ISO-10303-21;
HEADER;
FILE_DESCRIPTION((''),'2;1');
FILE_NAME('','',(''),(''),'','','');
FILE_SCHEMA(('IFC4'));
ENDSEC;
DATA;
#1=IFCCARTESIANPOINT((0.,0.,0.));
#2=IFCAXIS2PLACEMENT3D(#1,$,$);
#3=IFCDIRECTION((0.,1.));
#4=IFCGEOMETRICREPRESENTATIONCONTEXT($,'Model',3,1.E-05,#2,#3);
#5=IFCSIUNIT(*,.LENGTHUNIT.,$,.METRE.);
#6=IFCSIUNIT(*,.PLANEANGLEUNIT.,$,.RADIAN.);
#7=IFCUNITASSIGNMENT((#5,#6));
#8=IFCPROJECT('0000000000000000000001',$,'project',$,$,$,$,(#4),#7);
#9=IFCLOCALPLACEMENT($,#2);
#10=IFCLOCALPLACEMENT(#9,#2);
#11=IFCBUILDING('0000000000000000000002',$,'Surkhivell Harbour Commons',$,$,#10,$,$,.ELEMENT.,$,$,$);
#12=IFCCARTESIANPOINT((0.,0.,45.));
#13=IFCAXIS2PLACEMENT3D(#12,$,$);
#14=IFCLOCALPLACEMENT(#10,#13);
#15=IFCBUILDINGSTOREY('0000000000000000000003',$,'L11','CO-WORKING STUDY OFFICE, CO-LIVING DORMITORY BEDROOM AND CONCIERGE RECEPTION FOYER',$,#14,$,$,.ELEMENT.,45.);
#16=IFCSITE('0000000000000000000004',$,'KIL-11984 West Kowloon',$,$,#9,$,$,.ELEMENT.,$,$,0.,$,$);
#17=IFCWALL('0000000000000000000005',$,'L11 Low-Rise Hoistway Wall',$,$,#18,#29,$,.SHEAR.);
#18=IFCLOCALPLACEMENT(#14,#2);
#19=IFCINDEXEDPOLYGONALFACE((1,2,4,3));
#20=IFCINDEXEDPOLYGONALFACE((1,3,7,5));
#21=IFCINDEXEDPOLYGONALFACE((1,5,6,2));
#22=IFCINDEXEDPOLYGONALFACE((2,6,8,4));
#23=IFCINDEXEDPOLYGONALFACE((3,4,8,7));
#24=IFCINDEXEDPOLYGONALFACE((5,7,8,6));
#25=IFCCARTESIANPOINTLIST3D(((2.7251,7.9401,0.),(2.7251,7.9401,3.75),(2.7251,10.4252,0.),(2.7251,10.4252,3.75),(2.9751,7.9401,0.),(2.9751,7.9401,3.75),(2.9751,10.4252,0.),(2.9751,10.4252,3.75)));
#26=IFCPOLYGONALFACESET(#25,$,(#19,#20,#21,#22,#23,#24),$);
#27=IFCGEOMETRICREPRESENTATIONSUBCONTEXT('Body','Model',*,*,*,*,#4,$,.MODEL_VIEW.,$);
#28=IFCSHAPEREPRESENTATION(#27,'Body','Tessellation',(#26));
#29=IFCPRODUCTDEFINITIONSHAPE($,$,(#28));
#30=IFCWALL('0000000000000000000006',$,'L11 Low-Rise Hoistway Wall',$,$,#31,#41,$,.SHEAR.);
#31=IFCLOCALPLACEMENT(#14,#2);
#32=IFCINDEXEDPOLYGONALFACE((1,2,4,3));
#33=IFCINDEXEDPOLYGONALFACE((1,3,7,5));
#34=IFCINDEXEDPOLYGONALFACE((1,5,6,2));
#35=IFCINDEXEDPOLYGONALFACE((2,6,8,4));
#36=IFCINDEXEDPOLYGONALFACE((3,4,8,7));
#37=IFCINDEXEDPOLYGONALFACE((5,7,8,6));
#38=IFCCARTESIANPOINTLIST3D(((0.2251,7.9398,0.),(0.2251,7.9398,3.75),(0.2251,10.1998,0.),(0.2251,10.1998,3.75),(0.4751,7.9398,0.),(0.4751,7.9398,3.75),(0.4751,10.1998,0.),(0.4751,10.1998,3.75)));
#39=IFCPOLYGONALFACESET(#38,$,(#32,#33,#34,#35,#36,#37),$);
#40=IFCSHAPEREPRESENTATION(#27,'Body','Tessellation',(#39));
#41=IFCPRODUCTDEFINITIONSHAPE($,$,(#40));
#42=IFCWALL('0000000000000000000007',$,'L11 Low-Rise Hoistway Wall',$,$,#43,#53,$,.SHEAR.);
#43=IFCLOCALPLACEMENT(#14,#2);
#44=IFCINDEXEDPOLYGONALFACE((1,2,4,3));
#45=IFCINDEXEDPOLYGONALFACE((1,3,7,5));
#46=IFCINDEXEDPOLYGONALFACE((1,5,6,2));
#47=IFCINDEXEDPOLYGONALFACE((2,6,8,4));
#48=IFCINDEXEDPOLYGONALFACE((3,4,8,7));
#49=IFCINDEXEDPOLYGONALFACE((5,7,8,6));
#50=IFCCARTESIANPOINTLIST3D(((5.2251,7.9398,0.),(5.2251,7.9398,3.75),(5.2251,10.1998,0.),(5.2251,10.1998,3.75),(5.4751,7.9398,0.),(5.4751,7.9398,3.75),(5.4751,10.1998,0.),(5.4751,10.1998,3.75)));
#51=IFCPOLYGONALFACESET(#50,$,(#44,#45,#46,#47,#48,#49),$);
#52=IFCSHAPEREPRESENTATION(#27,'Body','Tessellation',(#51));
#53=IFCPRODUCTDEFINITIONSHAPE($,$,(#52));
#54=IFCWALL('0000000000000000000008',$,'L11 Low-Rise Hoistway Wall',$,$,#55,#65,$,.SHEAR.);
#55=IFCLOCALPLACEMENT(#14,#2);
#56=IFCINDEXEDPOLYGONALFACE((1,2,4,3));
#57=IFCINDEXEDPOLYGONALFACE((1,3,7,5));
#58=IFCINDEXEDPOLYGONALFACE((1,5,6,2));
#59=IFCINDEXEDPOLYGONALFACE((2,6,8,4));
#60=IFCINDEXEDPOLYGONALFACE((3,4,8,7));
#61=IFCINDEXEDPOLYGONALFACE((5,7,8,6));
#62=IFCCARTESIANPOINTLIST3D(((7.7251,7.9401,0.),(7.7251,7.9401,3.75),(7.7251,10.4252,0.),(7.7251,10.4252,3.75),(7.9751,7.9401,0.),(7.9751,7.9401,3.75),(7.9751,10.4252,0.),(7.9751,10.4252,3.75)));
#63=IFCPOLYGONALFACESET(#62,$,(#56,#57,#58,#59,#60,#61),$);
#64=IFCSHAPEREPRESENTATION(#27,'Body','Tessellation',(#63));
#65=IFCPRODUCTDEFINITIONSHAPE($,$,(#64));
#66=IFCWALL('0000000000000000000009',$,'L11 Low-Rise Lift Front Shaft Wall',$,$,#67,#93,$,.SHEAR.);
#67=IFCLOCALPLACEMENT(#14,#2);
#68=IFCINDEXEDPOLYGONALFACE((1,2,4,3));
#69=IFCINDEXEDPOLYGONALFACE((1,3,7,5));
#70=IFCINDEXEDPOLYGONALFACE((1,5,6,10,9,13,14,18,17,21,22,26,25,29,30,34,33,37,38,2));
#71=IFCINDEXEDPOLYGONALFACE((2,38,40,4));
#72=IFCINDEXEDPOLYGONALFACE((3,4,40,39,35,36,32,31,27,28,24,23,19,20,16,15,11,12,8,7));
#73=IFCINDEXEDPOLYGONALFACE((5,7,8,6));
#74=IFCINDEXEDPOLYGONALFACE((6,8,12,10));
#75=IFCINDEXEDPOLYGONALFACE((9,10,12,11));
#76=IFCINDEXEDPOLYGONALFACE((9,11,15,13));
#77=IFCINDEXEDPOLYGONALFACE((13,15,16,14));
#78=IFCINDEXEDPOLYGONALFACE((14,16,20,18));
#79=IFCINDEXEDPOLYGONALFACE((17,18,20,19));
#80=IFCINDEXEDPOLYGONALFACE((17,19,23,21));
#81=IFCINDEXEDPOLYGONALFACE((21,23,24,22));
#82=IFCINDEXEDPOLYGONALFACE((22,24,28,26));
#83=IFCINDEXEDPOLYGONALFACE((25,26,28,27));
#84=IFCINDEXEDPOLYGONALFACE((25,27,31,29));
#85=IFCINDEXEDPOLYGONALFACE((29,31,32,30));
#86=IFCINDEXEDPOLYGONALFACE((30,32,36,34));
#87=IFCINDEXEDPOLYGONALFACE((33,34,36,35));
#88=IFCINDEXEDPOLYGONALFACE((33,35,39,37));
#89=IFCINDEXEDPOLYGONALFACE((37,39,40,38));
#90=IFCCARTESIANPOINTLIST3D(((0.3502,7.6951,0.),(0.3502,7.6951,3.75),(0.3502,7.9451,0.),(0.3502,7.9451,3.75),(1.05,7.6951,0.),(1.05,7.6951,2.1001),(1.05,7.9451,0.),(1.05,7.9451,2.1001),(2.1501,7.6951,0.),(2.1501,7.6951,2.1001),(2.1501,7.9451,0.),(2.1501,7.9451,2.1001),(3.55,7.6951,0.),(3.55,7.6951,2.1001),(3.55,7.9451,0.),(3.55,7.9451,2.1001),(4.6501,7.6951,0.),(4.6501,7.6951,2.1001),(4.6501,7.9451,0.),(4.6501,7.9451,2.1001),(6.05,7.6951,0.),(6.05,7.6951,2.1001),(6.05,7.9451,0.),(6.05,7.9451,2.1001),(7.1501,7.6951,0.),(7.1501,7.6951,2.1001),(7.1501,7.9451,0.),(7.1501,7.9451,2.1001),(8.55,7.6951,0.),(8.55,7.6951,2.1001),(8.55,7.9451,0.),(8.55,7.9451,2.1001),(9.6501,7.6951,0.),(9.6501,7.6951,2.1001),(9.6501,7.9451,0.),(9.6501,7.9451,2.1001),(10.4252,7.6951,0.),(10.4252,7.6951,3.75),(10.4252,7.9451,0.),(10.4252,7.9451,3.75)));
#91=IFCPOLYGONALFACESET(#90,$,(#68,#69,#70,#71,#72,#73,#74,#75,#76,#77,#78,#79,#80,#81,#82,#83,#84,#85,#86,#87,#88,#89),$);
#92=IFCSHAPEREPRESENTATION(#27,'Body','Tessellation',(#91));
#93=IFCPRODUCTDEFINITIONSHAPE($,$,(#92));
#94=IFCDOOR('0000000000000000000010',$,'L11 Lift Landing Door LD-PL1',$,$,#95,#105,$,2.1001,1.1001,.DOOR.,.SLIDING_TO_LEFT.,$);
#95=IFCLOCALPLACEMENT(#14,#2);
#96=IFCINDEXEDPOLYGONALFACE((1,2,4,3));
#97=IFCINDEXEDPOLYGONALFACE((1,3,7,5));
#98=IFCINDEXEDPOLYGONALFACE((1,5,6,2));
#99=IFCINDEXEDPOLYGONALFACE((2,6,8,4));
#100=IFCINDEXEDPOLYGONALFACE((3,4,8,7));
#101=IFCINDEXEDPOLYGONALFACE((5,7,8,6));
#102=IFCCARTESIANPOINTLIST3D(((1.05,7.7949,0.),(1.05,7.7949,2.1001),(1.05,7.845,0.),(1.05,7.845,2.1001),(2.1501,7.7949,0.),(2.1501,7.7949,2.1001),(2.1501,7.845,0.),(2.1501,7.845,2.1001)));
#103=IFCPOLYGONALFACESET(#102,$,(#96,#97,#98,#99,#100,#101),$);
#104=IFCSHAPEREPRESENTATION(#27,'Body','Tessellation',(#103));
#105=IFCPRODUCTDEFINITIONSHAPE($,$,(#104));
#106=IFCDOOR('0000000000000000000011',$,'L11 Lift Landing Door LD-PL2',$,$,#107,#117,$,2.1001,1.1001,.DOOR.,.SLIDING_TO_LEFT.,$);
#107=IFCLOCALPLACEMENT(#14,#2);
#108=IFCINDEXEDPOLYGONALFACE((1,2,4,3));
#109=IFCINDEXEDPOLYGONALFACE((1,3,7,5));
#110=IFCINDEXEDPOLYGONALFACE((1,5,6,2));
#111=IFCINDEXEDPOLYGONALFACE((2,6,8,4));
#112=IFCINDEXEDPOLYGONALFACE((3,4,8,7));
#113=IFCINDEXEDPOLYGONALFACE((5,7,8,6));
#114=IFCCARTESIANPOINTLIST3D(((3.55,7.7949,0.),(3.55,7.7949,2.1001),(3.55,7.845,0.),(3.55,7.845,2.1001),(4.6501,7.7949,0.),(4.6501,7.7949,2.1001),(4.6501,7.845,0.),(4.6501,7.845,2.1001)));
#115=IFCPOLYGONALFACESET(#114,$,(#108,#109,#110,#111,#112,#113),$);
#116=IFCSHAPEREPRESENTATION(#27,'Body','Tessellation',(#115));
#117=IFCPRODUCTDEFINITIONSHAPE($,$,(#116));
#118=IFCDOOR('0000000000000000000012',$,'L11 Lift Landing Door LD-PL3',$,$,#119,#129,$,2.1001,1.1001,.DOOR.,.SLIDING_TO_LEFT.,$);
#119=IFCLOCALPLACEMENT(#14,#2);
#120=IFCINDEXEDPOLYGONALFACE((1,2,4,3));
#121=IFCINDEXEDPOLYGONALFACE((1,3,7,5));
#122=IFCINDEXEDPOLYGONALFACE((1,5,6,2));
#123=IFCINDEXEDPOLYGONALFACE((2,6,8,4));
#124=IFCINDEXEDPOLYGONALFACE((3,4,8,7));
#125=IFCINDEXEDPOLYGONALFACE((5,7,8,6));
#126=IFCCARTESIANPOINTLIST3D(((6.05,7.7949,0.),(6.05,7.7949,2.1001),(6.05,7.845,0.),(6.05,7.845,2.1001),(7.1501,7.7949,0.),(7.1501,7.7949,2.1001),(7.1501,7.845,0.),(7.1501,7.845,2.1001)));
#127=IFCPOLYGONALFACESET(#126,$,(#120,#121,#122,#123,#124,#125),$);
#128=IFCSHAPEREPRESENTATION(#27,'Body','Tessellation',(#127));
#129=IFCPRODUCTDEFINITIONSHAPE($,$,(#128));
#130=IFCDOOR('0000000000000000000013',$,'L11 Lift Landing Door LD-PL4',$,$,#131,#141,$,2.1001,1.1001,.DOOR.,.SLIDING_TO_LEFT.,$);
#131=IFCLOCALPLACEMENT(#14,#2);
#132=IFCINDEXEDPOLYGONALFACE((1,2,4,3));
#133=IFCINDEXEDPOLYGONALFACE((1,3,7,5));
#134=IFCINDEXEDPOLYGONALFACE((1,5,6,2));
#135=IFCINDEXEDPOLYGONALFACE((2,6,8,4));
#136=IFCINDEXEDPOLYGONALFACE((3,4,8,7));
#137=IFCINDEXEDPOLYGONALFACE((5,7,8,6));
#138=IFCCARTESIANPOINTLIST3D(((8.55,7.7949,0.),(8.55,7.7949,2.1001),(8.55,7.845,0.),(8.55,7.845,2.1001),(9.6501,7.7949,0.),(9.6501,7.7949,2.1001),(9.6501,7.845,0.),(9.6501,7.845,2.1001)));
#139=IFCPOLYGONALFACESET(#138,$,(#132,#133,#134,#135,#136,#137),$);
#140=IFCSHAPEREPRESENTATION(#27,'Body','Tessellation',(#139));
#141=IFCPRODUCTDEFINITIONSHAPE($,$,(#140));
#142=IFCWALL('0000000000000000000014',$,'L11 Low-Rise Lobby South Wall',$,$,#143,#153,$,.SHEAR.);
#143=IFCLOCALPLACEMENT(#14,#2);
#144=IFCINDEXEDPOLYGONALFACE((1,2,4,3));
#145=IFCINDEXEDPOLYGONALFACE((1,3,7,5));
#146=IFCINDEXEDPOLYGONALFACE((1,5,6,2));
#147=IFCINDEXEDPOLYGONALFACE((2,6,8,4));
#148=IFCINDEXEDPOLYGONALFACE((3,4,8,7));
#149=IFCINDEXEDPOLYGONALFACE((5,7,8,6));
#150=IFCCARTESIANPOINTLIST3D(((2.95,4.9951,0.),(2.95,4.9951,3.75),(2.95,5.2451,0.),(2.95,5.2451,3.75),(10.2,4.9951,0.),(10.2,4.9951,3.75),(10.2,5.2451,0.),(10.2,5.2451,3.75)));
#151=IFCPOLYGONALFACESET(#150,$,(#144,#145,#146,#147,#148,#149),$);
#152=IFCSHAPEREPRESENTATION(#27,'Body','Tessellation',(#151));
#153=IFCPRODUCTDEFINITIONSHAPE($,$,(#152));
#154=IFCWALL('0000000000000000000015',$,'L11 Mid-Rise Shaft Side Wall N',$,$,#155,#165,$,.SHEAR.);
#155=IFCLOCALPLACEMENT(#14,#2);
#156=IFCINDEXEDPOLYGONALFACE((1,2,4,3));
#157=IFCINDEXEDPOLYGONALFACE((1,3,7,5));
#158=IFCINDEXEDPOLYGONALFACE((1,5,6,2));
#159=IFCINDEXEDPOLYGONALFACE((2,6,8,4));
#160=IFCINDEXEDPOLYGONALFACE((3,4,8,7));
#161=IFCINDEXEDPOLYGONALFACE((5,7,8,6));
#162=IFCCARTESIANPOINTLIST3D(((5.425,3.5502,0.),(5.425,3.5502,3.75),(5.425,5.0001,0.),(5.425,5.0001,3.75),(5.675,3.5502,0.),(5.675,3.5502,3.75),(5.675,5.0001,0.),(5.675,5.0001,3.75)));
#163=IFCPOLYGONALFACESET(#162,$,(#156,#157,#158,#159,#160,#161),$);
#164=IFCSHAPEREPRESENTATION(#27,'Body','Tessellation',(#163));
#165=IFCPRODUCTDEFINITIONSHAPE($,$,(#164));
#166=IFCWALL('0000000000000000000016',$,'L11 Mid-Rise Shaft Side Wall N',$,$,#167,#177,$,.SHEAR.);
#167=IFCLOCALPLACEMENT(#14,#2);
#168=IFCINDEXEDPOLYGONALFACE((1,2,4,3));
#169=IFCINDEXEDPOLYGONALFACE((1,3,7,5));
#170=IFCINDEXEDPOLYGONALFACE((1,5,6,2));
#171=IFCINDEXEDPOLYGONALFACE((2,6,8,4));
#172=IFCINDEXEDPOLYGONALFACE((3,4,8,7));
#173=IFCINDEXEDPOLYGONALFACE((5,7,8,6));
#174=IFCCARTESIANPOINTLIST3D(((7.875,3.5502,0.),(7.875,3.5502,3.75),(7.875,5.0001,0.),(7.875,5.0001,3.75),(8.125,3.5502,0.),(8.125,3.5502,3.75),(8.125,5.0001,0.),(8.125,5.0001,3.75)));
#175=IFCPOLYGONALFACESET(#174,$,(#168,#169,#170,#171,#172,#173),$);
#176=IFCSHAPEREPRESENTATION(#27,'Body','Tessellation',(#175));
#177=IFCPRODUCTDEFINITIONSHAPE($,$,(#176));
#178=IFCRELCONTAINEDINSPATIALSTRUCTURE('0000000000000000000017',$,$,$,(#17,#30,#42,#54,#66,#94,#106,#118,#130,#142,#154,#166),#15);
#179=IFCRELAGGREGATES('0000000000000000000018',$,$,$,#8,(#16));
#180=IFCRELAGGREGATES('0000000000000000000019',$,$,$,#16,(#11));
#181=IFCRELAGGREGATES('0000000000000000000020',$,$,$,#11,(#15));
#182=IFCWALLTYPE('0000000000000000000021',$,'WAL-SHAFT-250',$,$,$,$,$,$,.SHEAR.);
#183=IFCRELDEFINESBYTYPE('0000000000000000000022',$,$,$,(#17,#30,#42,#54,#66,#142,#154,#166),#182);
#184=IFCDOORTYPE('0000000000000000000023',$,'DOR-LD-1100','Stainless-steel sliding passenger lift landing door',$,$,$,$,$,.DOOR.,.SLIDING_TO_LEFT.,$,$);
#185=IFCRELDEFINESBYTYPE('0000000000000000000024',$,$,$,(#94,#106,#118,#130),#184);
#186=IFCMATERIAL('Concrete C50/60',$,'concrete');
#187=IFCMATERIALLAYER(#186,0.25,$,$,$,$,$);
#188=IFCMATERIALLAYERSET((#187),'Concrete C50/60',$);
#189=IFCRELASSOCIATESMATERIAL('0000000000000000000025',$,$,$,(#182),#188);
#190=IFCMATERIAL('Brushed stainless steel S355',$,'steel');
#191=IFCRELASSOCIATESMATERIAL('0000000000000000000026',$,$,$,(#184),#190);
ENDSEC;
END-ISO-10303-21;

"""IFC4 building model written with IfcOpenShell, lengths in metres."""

from ifc_helpers import new_model, si_unit, direction, frame, frame_2d, origin, place, context, subcontext, project, spatial, rectangle, extrude, material, layer, layer_set, type_object, element, fill, save


model = new_model("IFC4")

# Units and contexts
model_context = context("Model", 3, precision=1e-05, world=origin(), true_north=direction((0.0, 1.0)))
body_context = subcontext(model_context, "Body", "Model", "MODEL_VIEW")
ifc_project = project(units=[si_unit("LENGTHUNIT", "METRE"), si_unit("PLANEANGLEUNIT", "RADIAN")], contexts=[model_context])

# Site, building, storey
site_placement = place(None, origin())
site = spatial("IfcSite", under=ifc_project, at=site_placement, Name="KIL-11984 West Kowloon", CompositionType="ELEMENT", RefElevation=0.0)
building_placement = place(site_placement, origin())
building = spatial("IfcBuilding", under=site, at=building_placement, Name="Surkhivell Harbour Commons", CompositionType="ELEMENT")
storey_placement = place(building_placement, frame((0.0, 0.0, 45.0)))
storey = spatial("IfcBuildingStorey", under=building, at=storey_placement, Name="L11", Description="CO-WORKING STUDY OFFICE, CO-LIVING DORMITORY BEDROOM AND CONCIERGE RECEPTION FOYER", CompositionType="ELEMENT", Elevation=45.0)

# Walls
ifc_material_1 = material(Name="Concrete C50/60", Category="concrete")
ifc_layer_1 = layer(ifc_material_1, 0.25)
ifc_layer_set_1 = layer_set([ifc_layer_1], Name="Concrete C50/60")
wall_type_1 = type_object("IfcWallType", Name="WAL-SHAFT-250", PredefinedType="SHEAR", material=ifc_layer_set_1)
wall_1_placement = place(storey_placement, frame((2.8501, 7.9399, 0.0), z_axis=(0.0, 0.0, 1.0), x_axis=(0.0, 1.0, 0.0)))
element("IfcWall", 1, at=wall_1_placement, inside=storey, type_object=wall_type_1, Name="L11 Low-Rise Hoistway Wall", PredefinedType="SHEAR", context=body_context, shape_type="SweptSolid", body=[
    extrude(rectangle(XDim=2.4851, YDim=0.25, at=frame_2d((1.2427, 0.0))), origin(), (0.0, 0.0, 1.0), 3.75),
])
for number, where, z_axis, x_axis, name in (
    (2, (0.3501, 7.9399, 0.0), (0.0, 0.0, 1.0), (0.0, 1.0, 0.0), "L11 Low-Rise Hoistway Wall"),
    (3, (5.3501, 7.9399, 0.0), (0.0, 0.0, 1.0), (0.0, 1.0, 0.0), "L11 Low-Rise Hoistway Wall"),
):
    element("IfcWall", number, at=place(storey_placement, frame(where, z_axis=z_axis, x_axis=x_axis)), inside=storey, type_object=wall_type_1, Name=name, PredefinedType="SHEAR", context=body_context, shape_type="SweptSolid", body=[
        extrude(rectangle(XDim=2.26, YDim=0.25, at=frame_2d((1.1299, 0.0))), origin(), (0.0, 0.0, 1.0), 3.75),
    ])
wall_2_placement = place(storey_placement, frame((7.8501, 7.9399, 0.0), z_axis=(0.0, 0.0, 1.0), x_axis=(0.0, 1.0, 0.0)))
element("IfcWall", 4, at=wall_2_placement, inside=storey, type_object=wall_type_1, Name="L11 Low-Rise Hoistway Wall", PredefinedType="SHEAR", context=body_context, shape_type="SweptSolid", body=[
    extrude(rectangle(XDim=2.4851, YDim=0.25, at=frame_2d((1.2427, 0.0))), origin(), (0.0, 0.0, 1.0), 3.75),
])

# Wall, openings, doors
wall_3_placement = place(storey_placement, frame((0.3501, 7.8201, 0.0), z_axis=(0.0, 0.0, 1.0), x_axis=(1.0, 0.0, 0.0)))
wall_3 = element("IfcWall", 5, at=wall_3_placement, inside=storey, type_object=wall_type_1, Name="L11 Low-Rise Lift Front Shaft Wall", PredefinedType="SHEAR", context=body_context, shape_type="SweptSolid", body=[
    extrude(rectangle(XDim=10.075, YDim=0.25, at=frame_2d((5.0376, 0.0))), origin(), (0.0, 0.0, 1.0), 3.75),
])
opening_1_placement = place(wall_3_placement, frame((0.7, 0.0, 0.0)))
opening_1 = element("IfcOpeningElement", 6, at=opening_1_placement, cuts=wall_3, PredefinedType="OPENING", context=body_context, shape_type="SweptSolid", body=[
    extrude(rectangle(XDim=1.1001, YDim=2.1001, at=frame_2d((0.55, 1.05))), frame((0.0, 0.135, 0.0), z_axis=(0.0, -1.0, 0.0), x_axis=(1.0, 0.0, 0.0)), (0.0, 0.0, 1.0), 0.27),
])
opening_2_placement = place(wall_3_placement, frame((3.2, 0.0, 0.0)))
opening_2 = element("IfcOpeningElement", 7, at=opening_2_placement, cuts=wall_3, PredefinedType="OPENING", context=body_context, shape_type="SweptSolid", body=[
    extrude(rectangle(XDim=1.1001, YDim=2.1001, at=frame_2d((0.55, 1.05))), frame((0.0, 0.135, 0.0), z_axis=(0.0, -1.0, 0.0), x_axis=(1.0, 0.0, 0.0)), (0.0, 0.0, 1.0), 0.27),
])
opening_3_placement = place(wall_3_placement, frame((5.7, 0.0, 0.0)))
opening_3 = element("IfcOpeningElement", 8, at=opening_3_placement, cuts=wall_3, PredefinedType="OPENING", context=body_context, shape_type="SweptSolid", body=[
    extrude(rectangle(XDim=1.1001, YDim=2.1001, at=frame_2d((0.55, 1.05))), frame((0.0, 0.135, 0.0), z_axis=(0.0, -1.0, 0.0), x_axis=(1.0, 0.0, 0.0)), (0.0, 0.0, 1.0), 0.27),
])
opening_4_placement = place(wall_3_placement, frame((8.2, 0.0, 0.0)))
opening_4 = element("IfcOpeningElement", 9, at=opening_4_placement, cuts=wall_3, PredefinedType="OPENING", context=body_context, shape_type="SweptSolid", body=[
    extrude(rectangle(XDim=1.1001, YDim=2.1001, at=frame_2d((0.55, 1.05))), frame((0.0, 0.135, 0.0), z_axis=(0.0, -1.0, 0.0), x_axis=(1.0, 0.0, 0.0)), (0.0, 0.0, 1.0), 0.27),
])
ifc_material_2 = material(Name="Brushed stainless steel S355", Category="steel")
door_type = type_object("IfcDoorType", Name="DOR-LD-1100", Description="Stainless-steel sliding passenger lift landing door", OperationType="SLIDING_TO_LEFT", PredefinedType="DOOR", material=ifc_material_2)
door_1_placement = place(opening_1_placement, origin())
door_1 = element("IfcDoor", 10, at=door_1_placement, inside=storey, type_object=door_type, Name="L11 Lift Landing Door LD-PL1", OperationType="SLIDING_TO_LEFT", OverallHeight=2.1001, OverallWidth=1.1001, PredefinedType="DOOR", context=body_context, shape_type="SweptSolid", body=[
    extrude(rectangle(XDim=1.1001, YDim=2.1001, at=frame_2d((0.55, 1.05))), frame((0.0, 0.0249, 0.0), z_axis=(0.0, -1.0, 0.0), x_axis=(1.0, 0.0, 0.0)), (0.0, 0.0, 1.0), 0.05),
])
fill(opening_1, door_1)
door_2_placement = place(opening_2_placement, origin())
door_2 = element("IfcDoor", 11, at=door_2_placement, inside=storey, type_object=door_type, Name="L11 Lift Landing Door LD-PL2", OperationType="SLIDING_TO_LEFT", OverallHeight=2.1001, OverallWidth=1.1001, PredefinedType="DOOR", context=body_context, shape_type="SweptSolid", body=[
    extrude(rectangle(XDim=1.1001, YDim=2.1001, at=frame_2d((0.55, 1.05))), frame((0.0, 0.0249, 0.0), z_axis=(0.0, -1.0, 0.0), x_axis=(1.0, 0.0, 0.0)), (0.0, 0.0, 1.0), 0.05),
])
fill(opening_2, door_2)
door_3_placement = place(opening_3_placement, origin())
door_3 = element("IfcDoor", 12, at=door_3_placement, inside=storey, type_object=door_type, Name="L11 Lift Landing Door LD-PL3", OperationType="SLIDING_TO_LEFT", OverallHeight=2.1001, OverallWidth=1.1001, PredefinedType="DOOR", context=body_context, shape_type="SweptSolid", body=[
    extrude(rectangle(XDim=1.1001, YDim=2.1001, at=frame_2d((0.55, 1.05))), frame((0.0, 0.0249, 0.0), z_axis=(0.0, -1.0, 0.0), x_axis=(1.0, 0.0, 0.0)), (0.0, 0.0, 1.0), 0.05),
])
fill(opening_3, door_3)
door_4_placement = place(opening_4_placement, origin())
door_4 = element("IfcDoor", 13, at=door_4_placement, inside=storey, type_object=door_type, Name="L11 Lift Landing Door LD-PL4", OperationType="SLIDING_TO_LEFT", OverallHeight=2.1001, OverallWidth=1.1001, PredefinedType="DOOR", context=body_context, shape_type="SweptSolid", body=[
    extrude(rectangle(XDim=1.1001, YDim=2.1001, at=frame_2d((0.55, 1.05))), frame((0.0, 0.0249, 0.0), z_axis=(0.0, -1.0, 0.0), x_axis=(1.0, 0.0, 0.0)), (0.0, 0.0, 1.0), 0.05),
])
fill(opening_4, door_4)

# Walls
wall_4_placement = place(storey_placement, frame((2.95, 5.1201, 0.0), z_axis=(0.0, 0.0, 1.0), x_axis=(1.0, 0.0, 0.0)))
element("IfcWall", 14, at=wall_4_placement, inside=storey, type_object=wall_type_1, Name="L11 Low-Rise Lobby South Wall", PredefinedType="SHEAR", context=body_context, shape_type="SweptSolid", body=[
    extrude(rectangle(XDim=7.25, YDim=0.25, at=frame_2d((3.625, 0.0))), origin(), (0.0, 0.0, 1.0), 3.75),
])
for number, where, z_axis, x_axis, name in (
    (15, (5.55, 3.55, 0.0), (0.0, 0.0, 1.0), (0.0, 1.0, 0.0), "L11 Mid-Rise Shaft Side Wall N"),
    (16, (8.0, 3.55, 0.0), (0.0, 0.0, 1.0), (0.0, 1.0, 0.0), "L11 Mid-Rise Shaft Side Wall N"),
):
    element("IfcWall", number, at=place(storey_placement, frame(where, z_axis=z_axis, x_axis=x_axis)), inside=storey, type_object=wall_type_1, Name=name, PredefinedType="SHEAR", context=body_context, shape_type="SweptSolid", body=[
        extrude(rectangle(XDim=1.45, YDim=0.25, at=frame_2d((0.7251, 0.0))), origin(), (0.0, 0.0, 1.0), 3.75),
    ])

save(model, "model.ifc")
